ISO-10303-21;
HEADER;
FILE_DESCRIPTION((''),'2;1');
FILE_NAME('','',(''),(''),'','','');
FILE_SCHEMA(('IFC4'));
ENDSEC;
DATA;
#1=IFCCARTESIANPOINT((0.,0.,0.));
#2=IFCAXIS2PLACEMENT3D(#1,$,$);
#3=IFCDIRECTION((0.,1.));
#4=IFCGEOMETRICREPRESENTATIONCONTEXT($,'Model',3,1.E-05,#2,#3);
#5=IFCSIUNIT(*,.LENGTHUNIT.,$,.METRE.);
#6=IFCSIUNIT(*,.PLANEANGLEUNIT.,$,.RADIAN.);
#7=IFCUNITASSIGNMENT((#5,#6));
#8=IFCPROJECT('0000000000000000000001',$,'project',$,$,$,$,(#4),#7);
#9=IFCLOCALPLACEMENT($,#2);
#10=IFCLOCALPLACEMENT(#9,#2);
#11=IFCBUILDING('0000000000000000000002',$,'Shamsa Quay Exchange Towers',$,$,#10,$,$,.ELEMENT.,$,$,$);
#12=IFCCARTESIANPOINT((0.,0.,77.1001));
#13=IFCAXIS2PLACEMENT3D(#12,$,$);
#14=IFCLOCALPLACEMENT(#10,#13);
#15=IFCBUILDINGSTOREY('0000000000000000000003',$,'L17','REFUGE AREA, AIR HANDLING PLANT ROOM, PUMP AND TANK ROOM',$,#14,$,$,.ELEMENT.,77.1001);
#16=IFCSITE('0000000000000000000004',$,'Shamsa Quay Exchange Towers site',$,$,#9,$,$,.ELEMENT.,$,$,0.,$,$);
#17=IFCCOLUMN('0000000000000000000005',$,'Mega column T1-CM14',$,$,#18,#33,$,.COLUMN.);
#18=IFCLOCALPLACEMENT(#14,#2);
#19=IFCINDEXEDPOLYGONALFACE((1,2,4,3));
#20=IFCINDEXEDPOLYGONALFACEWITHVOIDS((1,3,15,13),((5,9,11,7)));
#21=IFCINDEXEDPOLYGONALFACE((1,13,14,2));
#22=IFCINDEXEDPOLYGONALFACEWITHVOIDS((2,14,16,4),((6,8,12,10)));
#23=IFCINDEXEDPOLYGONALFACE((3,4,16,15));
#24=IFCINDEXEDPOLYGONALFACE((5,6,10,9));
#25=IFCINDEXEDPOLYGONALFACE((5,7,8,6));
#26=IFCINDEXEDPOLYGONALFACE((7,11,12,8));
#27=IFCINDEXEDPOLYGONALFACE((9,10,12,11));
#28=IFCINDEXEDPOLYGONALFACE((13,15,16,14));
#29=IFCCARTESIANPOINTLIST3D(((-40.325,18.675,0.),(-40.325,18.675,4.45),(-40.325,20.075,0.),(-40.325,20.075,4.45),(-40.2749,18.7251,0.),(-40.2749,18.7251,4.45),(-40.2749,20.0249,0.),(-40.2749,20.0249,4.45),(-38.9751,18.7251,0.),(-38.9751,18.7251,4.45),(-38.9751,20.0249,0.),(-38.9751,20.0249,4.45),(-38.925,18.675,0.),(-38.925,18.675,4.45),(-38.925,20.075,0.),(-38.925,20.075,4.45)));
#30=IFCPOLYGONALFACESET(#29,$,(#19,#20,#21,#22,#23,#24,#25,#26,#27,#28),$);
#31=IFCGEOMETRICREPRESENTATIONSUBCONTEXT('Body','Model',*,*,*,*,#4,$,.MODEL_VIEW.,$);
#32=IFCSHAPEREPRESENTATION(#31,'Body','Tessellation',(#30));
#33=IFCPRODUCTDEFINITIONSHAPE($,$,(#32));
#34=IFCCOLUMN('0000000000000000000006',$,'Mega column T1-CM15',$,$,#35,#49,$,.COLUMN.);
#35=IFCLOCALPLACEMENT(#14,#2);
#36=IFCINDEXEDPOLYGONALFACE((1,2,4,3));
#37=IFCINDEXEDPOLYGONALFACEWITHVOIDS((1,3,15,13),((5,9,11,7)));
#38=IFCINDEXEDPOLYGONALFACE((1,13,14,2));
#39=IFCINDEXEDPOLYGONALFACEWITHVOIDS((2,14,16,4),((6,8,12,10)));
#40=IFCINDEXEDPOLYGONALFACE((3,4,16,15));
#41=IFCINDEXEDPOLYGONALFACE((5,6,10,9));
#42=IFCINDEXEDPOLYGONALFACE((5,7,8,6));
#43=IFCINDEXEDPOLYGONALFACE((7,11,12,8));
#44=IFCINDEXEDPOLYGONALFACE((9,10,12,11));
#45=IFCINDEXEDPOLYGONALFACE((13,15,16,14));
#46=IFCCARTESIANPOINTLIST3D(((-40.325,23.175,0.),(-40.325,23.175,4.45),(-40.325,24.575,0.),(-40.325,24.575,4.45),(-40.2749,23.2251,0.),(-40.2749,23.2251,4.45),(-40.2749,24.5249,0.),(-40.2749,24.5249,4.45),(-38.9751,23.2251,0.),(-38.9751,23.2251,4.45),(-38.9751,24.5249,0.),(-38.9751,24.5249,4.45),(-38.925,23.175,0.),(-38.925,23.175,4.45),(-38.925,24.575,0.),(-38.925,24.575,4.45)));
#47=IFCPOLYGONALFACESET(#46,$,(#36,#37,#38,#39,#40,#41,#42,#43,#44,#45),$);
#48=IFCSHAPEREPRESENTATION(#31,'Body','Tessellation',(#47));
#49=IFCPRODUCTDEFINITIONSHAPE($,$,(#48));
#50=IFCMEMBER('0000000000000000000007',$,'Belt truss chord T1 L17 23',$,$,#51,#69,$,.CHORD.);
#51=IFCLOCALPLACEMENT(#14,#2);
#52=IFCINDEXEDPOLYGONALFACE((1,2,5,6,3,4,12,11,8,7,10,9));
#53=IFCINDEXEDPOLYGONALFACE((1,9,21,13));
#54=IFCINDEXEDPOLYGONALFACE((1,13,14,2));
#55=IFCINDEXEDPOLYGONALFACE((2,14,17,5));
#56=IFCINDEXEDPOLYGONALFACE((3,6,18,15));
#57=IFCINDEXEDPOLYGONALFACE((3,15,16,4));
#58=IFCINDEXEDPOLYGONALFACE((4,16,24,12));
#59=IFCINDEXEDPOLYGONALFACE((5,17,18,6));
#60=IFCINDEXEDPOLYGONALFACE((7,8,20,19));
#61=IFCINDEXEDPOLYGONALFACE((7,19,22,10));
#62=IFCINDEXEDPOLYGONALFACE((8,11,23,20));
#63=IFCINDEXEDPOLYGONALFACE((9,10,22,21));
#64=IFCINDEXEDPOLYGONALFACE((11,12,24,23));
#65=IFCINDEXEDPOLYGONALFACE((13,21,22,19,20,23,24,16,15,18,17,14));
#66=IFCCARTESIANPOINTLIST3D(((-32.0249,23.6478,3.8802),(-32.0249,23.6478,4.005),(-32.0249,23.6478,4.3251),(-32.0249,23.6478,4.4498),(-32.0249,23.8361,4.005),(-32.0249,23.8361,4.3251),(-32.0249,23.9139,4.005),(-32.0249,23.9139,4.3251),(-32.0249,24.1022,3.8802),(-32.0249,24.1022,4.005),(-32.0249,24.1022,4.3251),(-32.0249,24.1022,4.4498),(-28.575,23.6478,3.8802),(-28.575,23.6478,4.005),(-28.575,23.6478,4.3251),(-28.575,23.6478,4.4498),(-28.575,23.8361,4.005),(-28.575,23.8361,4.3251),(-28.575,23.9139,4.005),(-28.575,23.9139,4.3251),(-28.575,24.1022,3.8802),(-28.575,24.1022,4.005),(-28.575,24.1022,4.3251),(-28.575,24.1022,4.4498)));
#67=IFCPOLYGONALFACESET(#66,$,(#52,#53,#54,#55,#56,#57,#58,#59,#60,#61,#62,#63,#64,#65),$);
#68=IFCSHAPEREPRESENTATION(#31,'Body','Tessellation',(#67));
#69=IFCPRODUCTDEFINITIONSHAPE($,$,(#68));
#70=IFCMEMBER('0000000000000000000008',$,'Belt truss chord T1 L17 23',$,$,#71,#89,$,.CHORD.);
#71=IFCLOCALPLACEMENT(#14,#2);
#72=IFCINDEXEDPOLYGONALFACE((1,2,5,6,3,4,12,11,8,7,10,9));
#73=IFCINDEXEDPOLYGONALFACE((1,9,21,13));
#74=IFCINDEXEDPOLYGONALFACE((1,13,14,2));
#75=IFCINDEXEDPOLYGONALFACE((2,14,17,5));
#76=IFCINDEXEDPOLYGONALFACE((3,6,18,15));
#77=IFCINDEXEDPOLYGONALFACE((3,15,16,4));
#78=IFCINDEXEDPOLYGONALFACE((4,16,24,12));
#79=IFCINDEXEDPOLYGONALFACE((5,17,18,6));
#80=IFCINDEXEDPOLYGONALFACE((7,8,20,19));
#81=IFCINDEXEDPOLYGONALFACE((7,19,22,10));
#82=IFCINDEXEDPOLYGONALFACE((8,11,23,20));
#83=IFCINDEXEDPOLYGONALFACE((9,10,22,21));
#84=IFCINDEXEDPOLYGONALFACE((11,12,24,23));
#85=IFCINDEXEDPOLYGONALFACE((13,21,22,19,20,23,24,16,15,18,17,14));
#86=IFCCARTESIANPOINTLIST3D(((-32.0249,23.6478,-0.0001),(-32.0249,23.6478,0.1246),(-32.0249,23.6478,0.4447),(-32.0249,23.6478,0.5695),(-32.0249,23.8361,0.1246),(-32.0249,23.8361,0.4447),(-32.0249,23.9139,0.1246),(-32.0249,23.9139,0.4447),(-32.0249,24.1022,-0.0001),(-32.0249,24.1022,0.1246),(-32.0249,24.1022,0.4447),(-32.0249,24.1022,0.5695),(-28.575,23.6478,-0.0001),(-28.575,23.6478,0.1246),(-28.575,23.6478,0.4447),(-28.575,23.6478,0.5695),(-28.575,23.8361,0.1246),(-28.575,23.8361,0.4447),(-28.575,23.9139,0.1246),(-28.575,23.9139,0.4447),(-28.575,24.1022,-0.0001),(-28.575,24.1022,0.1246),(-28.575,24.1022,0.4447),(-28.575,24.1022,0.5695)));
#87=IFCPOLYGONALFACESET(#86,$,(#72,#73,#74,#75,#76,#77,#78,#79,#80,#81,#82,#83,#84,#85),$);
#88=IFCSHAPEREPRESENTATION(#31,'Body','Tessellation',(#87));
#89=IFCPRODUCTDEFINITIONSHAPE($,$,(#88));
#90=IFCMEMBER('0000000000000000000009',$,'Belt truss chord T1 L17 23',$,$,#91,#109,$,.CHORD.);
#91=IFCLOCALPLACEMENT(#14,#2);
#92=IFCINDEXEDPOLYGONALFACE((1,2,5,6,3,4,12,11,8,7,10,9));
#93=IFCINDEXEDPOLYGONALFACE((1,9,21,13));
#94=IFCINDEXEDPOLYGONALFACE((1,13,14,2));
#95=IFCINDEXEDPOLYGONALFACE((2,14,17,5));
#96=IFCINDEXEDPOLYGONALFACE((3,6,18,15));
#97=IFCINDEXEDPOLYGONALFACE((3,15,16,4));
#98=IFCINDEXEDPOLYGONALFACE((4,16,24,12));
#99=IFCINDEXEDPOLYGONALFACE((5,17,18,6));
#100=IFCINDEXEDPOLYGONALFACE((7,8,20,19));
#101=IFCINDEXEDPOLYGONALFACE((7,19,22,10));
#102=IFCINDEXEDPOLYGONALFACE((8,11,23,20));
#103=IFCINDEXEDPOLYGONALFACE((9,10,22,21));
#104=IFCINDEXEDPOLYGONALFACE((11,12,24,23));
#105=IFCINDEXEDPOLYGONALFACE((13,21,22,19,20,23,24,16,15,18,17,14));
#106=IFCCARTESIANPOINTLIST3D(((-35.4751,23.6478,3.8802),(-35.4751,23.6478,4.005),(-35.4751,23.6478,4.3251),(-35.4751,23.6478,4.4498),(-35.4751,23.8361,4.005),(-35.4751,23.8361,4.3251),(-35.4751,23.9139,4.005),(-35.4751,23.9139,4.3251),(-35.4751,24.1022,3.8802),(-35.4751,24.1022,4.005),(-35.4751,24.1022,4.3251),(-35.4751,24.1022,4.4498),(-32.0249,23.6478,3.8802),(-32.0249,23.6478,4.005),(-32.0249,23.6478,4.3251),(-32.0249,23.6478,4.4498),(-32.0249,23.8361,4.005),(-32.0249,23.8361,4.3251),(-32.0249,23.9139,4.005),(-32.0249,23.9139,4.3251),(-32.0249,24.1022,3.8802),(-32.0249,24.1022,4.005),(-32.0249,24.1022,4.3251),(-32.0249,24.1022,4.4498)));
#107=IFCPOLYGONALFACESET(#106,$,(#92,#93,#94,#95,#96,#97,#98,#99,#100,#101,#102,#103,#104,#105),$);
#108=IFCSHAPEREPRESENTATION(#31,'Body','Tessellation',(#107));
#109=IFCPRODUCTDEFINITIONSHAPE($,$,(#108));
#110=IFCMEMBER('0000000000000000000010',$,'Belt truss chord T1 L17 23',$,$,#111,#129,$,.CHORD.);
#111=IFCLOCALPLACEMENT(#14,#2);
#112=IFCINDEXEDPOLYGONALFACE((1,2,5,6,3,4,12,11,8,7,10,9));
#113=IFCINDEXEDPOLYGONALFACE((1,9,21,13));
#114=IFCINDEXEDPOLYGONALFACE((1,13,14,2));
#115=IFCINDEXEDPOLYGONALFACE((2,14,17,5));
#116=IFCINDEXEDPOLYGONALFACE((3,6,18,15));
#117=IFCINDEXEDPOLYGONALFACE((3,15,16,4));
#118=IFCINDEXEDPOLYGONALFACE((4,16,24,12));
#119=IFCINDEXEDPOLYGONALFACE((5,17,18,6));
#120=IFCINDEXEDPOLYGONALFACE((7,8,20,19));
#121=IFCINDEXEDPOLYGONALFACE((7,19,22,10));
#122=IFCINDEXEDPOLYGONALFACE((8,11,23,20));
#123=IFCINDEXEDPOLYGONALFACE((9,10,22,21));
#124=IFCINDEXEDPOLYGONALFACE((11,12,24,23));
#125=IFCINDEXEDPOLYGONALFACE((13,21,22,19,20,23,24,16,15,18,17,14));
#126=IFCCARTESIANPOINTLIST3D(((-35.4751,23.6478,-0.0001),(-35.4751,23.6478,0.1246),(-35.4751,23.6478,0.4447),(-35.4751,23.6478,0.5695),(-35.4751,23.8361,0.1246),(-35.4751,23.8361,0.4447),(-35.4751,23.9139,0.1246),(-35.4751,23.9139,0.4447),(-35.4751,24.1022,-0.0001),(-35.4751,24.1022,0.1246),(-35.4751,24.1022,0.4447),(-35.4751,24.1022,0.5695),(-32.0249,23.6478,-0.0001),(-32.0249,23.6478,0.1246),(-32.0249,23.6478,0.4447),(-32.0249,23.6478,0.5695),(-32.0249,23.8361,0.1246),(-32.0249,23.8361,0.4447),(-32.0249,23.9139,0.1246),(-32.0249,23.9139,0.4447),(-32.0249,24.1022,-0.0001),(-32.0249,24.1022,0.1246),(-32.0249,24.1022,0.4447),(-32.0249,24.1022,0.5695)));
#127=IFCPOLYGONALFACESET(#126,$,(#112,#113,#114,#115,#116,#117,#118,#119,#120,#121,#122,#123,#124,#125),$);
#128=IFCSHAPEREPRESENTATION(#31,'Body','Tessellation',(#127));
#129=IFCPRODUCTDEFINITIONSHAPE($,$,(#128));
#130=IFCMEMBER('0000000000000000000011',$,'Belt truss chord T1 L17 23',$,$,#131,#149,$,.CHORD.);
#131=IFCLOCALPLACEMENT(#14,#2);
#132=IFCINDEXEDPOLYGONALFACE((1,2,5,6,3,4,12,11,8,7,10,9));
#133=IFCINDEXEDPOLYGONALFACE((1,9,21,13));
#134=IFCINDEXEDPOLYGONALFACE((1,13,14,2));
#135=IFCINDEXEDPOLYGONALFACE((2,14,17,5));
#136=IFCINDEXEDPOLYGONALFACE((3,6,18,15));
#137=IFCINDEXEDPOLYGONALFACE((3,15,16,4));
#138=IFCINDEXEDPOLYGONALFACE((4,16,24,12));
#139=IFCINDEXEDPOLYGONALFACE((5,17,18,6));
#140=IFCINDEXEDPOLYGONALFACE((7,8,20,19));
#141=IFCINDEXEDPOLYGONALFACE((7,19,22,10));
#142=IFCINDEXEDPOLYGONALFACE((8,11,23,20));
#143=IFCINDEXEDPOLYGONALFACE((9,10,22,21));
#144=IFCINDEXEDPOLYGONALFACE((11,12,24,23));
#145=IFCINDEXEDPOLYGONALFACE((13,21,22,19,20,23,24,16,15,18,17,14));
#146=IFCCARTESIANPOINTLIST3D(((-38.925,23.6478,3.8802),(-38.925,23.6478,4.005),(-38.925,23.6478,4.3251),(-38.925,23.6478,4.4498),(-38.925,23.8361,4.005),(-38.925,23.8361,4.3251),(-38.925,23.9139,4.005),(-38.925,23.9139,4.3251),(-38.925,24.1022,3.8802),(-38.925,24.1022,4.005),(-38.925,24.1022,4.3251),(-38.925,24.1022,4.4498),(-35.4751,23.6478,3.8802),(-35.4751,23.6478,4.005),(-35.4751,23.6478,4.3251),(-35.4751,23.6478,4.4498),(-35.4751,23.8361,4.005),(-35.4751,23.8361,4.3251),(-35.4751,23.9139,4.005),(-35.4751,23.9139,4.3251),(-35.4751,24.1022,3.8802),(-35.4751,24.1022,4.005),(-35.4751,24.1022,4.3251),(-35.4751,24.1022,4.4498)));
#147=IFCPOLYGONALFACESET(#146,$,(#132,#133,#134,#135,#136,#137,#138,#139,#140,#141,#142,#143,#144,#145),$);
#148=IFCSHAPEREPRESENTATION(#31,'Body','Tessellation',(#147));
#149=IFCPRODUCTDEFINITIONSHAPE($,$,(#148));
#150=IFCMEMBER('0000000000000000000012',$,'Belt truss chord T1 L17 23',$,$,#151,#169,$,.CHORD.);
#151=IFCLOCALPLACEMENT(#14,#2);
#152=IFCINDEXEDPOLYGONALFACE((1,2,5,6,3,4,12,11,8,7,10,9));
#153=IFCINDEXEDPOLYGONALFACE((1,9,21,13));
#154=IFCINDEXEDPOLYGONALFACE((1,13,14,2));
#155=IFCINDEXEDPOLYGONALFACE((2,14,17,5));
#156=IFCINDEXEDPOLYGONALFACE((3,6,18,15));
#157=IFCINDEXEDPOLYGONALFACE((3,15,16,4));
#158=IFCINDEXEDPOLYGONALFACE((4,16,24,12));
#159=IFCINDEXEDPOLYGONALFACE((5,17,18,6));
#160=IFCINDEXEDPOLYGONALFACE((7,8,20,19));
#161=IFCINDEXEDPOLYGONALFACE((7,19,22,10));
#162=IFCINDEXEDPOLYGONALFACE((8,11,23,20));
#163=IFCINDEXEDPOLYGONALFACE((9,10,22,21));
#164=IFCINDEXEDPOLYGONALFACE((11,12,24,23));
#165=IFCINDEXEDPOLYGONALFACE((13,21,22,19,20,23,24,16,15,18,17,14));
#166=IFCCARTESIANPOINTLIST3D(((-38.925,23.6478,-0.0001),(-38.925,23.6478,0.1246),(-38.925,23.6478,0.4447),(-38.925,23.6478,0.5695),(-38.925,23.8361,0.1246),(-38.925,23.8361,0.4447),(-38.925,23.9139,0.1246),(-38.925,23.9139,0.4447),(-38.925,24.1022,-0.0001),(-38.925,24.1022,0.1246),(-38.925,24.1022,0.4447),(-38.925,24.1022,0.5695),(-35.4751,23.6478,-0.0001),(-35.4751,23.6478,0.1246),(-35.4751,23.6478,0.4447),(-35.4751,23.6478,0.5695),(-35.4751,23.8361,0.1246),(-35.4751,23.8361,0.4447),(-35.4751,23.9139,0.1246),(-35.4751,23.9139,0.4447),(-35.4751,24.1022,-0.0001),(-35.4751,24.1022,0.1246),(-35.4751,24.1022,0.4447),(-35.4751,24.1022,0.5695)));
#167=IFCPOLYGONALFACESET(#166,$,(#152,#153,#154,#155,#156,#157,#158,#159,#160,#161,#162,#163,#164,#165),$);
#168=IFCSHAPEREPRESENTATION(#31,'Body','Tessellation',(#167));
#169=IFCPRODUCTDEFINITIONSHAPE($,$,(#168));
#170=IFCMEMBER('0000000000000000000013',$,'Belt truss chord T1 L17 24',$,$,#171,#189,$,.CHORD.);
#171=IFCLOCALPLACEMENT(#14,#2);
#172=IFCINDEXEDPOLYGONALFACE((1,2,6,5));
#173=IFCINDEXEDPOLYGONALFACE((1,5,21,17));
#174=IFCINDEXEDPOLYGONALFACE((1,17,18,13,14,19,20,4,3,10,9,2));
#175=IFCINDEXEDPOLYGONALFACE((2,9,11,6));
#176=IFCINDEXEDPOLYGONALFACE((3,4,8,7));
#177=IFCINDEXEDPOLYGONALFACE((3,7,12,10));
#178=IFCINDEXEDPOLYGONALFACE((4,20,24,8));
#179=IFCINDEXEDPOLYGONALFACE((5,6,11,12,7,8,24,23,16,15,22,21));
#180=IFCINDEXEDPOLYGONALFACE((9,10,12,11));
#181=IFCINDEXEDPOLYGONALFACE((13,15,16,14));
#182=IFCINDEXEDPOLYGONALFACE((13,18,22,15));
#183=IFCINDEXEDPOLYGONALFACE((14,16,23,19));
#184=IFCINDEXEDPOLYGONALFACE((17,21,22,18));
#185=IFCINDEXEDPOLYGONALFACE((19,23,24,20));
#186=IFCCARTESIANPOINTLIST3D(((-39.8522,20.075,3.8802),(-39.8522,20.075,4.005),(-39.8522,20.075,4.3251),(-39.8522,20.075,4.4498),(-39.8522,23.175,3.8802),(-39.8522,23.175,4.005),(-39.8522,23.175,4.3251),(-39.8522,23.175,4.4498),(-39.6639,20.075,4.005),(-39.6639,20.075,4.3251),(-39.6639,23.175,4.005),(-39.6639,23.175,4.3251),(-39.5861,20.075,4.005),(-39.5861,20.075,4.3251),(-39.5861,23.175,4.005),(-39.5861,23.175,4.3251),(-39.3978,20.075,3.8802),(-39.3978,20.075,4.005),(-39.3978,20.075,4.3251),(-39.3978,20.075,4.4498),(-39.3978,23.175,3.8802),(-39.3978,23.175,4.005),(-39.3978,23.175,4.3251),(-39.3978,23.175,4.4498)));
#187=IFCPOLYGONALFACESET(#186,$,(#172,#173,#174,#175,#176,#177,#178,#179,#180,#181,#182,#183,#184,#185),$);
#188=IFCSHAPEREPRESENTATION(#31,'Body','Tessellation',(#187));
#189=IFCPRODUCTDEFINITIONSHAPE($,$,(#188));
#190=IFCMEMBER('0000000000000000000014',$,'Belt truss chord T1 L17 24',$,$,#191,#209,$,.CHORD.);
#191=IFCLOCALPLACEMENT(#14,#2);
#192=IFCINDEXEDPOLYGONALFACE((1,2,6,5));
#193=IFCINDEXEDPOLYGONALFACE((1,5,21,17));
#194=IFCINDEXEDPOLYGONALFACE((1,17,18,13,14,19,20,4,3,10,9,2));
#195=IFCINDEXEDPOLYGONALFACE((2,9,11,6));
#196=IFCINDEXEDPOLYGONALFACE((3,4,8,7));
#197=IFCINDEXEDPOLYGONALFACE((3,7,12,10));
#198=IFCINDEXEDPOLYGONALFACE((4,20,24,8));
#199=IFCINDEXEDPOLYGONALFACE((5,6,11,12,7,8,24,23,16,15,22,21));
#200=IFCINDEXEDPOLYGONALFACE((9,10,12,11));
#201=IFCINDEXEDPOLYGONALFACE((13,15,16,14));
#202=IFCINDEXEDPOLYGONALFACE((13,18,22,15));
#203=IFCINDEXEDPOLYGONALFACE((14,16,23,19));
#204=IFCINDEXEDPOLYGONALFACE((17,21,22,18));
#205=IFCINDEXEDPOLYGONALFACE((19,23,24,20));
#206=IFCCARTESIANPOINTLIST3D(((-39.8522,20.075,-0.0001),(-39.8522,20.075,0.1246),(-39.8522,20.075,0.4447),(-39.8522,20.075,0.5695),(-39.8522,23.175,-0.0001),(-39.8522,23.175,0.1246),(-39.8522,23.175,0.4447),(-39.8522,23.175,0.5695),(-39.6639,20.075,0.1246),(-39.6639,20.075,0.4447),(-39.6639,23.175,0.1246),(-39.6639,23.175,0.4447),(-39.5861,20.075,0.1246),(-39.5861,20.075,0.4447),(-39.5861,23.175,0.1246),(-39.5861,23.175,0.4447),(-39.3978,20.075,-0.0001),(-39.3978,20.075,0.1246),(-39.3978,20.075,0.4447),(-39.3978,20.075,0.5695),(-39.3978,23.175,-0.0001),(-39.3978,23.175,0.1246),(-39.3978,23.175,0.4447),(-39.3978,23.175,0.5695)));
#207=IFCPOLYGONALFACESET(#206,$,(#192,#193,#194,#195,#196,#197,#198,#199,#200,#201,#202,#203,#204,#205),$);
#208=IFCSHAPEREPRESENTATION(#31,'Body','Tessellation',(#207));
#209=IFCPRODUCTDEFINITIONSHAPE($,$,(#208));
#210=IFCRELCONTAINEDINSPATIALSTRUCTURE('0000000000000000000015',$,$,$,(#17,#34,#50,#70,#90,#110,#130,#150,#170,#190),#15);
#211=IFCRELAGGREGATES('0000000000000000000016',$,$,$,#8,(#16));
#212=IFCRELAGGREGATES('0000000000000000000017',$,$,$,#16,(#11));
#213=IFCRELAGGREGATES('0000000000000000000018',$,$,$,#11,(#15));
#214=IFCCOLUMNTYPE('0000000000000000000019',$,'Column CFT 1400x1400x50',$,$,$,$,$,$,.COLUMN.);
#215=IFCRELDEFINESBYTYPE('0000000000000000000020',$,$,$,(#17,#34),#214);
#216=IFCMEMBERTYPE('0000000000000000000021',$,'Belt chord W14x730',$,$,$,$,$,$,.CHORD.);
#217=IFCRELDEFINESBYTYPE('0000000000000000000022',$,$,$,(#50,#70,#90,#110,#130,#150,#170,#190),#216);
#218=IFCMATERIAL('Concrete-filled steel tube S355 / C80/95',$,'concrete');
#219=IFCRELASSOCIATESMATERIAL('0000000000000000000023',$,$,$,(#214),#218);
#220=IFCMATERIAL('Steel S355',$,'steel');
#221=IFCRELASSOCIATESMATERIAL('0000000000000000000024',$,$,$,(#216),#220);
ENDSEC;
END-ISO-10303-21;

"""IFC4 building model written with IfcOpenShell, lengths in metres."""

from ifc_helpers import new_model, si_unit, direction, frame, origin, origin_2d, place, context, subcontext, project, spatial, hollow_rectangle, i_section, extrude, material, material_profile, profile_set, type_object, element, save


model = new_model("IFC4")

# Units and contexts
model_context = context("Model", 3, precision=1e-05, world=origin(), true_north=direction((0.0, 1.0)))
body_context = subcontext(model_context, "Body", "Model", "MODEL_VIEW")
ifc_project = project(units=[si_unit("LENGTHUNIT", "METRE"), si_unit("PLANEANGLEUNIT", "RADIAN")], contexts=[model_context])

# Site, building, storey
site_placement = place(None, origin())
site = spatial("IfcSite", under=ifc_project, at=site_placement, Name="Shamsa Quay Exchange Towers site", CompositionType="ELEMENT", RefElevation=0.0)
building_placement = place(site_placement, origin())
building = spatial("IfcBuilding", under=site, at=building_placement, Name="Shamsa Quay Exchange Towers", CompositionType="ELEMENT")
storey_placement = place(building_placement, frame((0.0, 0.0, 77.1001)))
storey = spatial("IfcBuildingStorey", under=building, at=storey_placement, Name="L17", Description="REFUGE AREA, AIR HANDLING PLANT ROOM, PUMP AND TANK ROOM", CompositionType="ELEMENT", Elevation=77.1001)

# Columns
ifc_material_1 = material(Name="Concrete-filled steel tube S355 / C80/95", Category="concrete")
ifc_material_profile_1 = material_profile(ifc_material_1, hollow_rectangle(XDim=1.3999, YDim=1.3999, WallThickness=0.05, at=origin_2d()), Name="CFT 1400x1400x50")
ifc_profile_set_1 = profile_set([ifc_material_profile_1], Name="Concrete-filled steel tube S355 / C80/95")
column_type = type_object("IfcColumnType", Name="Column CFT 1400x1400x50", PredefinedType="COLUMN", material=ifc_profile_set_1)
for number, where, name in (
    (1, (-39.625, 19.375, 0.0), "Mega column T1-CM14"),
    (2, (-39.625, 23.875, 0.0), "Mega column T1-CM15"),
):
    element("IfcColumn", number, at=place(storey_placement, frame(where)), inside=storey, type_object=column_type, Name=name, PredefinedType="COLUMN", context=body_context, shape_type="SweptSolid", body=[
        extrude(hollow_rectangle(XDim=1.3999, YDim=1.3999, WallThickness=0.05, at=origin_2d()), origin(), (0.0, 0.0, 1.0), 4.45),
    ])

# Members
ifc_material_2 = material(Name="Steel S355", Category="steel")
ifc_material_profile_2 = material_profile(ifc_material_2, i_section(OverallWidth=0.4543, OverallDepth=0.5696, WebThickness=0.0779, FlangeThickness=0.1248, at=origin_2d()), Name="W14x730")
ifc_profile_set_2 = profile_set([ifc_material_profile_2], Name="Steel S355")
member_type_1 = type_object("IfcMemberType", Name="Belt chord W14x730", PredefinedType="CHORD", material=ifc_profile_set_2)
for number, where, z_axis, x_axis, name in (
    (3, (-28.575, 23.875, 4.165), (-1.0, 0.0, 0.0), (0.0, -1.0, 0.0), "Belt truss chord T1 L17 23"),
    (4, (-28.575, 23.875, 0.2847), (-1.0, 0.0, 0.0), (0.0, -1.0, 0.0), "Belt truss chord T1 L17 23"),
):
    element("IfcMember", number, at=place(storey_placement, frame(where, z_axis=z_axis, x_axis=x_axis)), inside=storey, type_object=member_type_1, Name=name, PredefinedType="CHORD", context=body_context, shape_type="SweptSolid", body=[
        extrude(i_section(OverallWidth=0.4543, OverallDepth=0.5696, WebThickness=0.0779, FlangeThickness=0.1248, at=origin_2d()), origin(), (0.0, 0.0, 1.0), 3.45),
    ])
for number, where, z_axis, x_axis, name in (
    (5, (-32.0249, 23.875, 4.165), (-1.0, 0.0, 0.0), (0.0, -1.0, 0.0), "Belt truss chord T1 L17 23"),
    (6, (-32.0249, 23.875, 0.2847), (-1.0, 0.0, 0.0), (0.0, -1.0, 0.0), "Belt truss chord T1 L17 23"),
):
    element("IfcMember", number, at=place(storey_placement, frame(where, z_axis=z_axis, x_axis=x_axis)), inside=storey, type_object=member_type_1, Name=name, PredefinedType="CHORD", context=body_context, shape_type="SweptSolid", body=[
        extrude(i_section(OverallWidth=0.4543, OverallDepth=0.5696, WebThickness=0.0779, FlangeThickness=0.1248, at=origin_2d()), origin(), (0.0, 0.0, 1.0), 3.4502),
    ])
for number, where, z_axis, x_axis, name in (
    (7, (-35.4751, 23.875, 4.165), (-1.0, 0.0, 0.0), (0.0, -1.0, 0.0), "Belt truss chord T1 L17 23"),
    (8, (-35.4751, 23.875, 0.2847), (-1.0, 0.0, 0.0), (0.0, -1.0, 0.0), "Belt truss chord T1 L17 23"),
):
    element("IfcMember", number, at=place(storey_placement, frame(where, z_axis=z_axis, x_axis=x_axis)), inside=storey, type_object=member_type_1, Name=name, PredefinedType="CHORD", context=body_context, shape_type="SweptSolid", body=[
        extrude(i_section(OverallWidth=0.4543, OverallDepth=0.5696, WebThickness=0.0779, FlangeThickness=0.1248, at=origin_2d()), origin(), (0.0, 0.0, 1.0), 3.45),
    ])
for number, where, z_axis, x_axis, name in (
    (9, (-39.625, 23.175, 4.165), (0.0, -1.0, 0.0), (1.0, 0.0, 0.0), "Belt truss chord T1 L17 24"),
    (10, (-39.625, 23.175, 0.2847), (0.0, -1.0, 0.0), (1.0, 0.0, 0.0), "Belt truss chord T1 L17 24"),
):
    element("IfcMember", number, at=place(storey_placement, frame(where, z_axis=z_axis, x_axis=x_axis)), inside=storey, type_object=member_type_1, Name=name, PredefinedType="CHORD", context=body_context, shape_type="SweptSolid", body=[
        extrude(i_section(OverallWidth=0.4543, OverallDepth=0.5696, WebThickness=0.0779, FlangeThickness=0.1248, at=origin_2d()), origin(), (0.0, 0.0, 1.0), 3.1001),
    ])

save(model, "model.ifc")
